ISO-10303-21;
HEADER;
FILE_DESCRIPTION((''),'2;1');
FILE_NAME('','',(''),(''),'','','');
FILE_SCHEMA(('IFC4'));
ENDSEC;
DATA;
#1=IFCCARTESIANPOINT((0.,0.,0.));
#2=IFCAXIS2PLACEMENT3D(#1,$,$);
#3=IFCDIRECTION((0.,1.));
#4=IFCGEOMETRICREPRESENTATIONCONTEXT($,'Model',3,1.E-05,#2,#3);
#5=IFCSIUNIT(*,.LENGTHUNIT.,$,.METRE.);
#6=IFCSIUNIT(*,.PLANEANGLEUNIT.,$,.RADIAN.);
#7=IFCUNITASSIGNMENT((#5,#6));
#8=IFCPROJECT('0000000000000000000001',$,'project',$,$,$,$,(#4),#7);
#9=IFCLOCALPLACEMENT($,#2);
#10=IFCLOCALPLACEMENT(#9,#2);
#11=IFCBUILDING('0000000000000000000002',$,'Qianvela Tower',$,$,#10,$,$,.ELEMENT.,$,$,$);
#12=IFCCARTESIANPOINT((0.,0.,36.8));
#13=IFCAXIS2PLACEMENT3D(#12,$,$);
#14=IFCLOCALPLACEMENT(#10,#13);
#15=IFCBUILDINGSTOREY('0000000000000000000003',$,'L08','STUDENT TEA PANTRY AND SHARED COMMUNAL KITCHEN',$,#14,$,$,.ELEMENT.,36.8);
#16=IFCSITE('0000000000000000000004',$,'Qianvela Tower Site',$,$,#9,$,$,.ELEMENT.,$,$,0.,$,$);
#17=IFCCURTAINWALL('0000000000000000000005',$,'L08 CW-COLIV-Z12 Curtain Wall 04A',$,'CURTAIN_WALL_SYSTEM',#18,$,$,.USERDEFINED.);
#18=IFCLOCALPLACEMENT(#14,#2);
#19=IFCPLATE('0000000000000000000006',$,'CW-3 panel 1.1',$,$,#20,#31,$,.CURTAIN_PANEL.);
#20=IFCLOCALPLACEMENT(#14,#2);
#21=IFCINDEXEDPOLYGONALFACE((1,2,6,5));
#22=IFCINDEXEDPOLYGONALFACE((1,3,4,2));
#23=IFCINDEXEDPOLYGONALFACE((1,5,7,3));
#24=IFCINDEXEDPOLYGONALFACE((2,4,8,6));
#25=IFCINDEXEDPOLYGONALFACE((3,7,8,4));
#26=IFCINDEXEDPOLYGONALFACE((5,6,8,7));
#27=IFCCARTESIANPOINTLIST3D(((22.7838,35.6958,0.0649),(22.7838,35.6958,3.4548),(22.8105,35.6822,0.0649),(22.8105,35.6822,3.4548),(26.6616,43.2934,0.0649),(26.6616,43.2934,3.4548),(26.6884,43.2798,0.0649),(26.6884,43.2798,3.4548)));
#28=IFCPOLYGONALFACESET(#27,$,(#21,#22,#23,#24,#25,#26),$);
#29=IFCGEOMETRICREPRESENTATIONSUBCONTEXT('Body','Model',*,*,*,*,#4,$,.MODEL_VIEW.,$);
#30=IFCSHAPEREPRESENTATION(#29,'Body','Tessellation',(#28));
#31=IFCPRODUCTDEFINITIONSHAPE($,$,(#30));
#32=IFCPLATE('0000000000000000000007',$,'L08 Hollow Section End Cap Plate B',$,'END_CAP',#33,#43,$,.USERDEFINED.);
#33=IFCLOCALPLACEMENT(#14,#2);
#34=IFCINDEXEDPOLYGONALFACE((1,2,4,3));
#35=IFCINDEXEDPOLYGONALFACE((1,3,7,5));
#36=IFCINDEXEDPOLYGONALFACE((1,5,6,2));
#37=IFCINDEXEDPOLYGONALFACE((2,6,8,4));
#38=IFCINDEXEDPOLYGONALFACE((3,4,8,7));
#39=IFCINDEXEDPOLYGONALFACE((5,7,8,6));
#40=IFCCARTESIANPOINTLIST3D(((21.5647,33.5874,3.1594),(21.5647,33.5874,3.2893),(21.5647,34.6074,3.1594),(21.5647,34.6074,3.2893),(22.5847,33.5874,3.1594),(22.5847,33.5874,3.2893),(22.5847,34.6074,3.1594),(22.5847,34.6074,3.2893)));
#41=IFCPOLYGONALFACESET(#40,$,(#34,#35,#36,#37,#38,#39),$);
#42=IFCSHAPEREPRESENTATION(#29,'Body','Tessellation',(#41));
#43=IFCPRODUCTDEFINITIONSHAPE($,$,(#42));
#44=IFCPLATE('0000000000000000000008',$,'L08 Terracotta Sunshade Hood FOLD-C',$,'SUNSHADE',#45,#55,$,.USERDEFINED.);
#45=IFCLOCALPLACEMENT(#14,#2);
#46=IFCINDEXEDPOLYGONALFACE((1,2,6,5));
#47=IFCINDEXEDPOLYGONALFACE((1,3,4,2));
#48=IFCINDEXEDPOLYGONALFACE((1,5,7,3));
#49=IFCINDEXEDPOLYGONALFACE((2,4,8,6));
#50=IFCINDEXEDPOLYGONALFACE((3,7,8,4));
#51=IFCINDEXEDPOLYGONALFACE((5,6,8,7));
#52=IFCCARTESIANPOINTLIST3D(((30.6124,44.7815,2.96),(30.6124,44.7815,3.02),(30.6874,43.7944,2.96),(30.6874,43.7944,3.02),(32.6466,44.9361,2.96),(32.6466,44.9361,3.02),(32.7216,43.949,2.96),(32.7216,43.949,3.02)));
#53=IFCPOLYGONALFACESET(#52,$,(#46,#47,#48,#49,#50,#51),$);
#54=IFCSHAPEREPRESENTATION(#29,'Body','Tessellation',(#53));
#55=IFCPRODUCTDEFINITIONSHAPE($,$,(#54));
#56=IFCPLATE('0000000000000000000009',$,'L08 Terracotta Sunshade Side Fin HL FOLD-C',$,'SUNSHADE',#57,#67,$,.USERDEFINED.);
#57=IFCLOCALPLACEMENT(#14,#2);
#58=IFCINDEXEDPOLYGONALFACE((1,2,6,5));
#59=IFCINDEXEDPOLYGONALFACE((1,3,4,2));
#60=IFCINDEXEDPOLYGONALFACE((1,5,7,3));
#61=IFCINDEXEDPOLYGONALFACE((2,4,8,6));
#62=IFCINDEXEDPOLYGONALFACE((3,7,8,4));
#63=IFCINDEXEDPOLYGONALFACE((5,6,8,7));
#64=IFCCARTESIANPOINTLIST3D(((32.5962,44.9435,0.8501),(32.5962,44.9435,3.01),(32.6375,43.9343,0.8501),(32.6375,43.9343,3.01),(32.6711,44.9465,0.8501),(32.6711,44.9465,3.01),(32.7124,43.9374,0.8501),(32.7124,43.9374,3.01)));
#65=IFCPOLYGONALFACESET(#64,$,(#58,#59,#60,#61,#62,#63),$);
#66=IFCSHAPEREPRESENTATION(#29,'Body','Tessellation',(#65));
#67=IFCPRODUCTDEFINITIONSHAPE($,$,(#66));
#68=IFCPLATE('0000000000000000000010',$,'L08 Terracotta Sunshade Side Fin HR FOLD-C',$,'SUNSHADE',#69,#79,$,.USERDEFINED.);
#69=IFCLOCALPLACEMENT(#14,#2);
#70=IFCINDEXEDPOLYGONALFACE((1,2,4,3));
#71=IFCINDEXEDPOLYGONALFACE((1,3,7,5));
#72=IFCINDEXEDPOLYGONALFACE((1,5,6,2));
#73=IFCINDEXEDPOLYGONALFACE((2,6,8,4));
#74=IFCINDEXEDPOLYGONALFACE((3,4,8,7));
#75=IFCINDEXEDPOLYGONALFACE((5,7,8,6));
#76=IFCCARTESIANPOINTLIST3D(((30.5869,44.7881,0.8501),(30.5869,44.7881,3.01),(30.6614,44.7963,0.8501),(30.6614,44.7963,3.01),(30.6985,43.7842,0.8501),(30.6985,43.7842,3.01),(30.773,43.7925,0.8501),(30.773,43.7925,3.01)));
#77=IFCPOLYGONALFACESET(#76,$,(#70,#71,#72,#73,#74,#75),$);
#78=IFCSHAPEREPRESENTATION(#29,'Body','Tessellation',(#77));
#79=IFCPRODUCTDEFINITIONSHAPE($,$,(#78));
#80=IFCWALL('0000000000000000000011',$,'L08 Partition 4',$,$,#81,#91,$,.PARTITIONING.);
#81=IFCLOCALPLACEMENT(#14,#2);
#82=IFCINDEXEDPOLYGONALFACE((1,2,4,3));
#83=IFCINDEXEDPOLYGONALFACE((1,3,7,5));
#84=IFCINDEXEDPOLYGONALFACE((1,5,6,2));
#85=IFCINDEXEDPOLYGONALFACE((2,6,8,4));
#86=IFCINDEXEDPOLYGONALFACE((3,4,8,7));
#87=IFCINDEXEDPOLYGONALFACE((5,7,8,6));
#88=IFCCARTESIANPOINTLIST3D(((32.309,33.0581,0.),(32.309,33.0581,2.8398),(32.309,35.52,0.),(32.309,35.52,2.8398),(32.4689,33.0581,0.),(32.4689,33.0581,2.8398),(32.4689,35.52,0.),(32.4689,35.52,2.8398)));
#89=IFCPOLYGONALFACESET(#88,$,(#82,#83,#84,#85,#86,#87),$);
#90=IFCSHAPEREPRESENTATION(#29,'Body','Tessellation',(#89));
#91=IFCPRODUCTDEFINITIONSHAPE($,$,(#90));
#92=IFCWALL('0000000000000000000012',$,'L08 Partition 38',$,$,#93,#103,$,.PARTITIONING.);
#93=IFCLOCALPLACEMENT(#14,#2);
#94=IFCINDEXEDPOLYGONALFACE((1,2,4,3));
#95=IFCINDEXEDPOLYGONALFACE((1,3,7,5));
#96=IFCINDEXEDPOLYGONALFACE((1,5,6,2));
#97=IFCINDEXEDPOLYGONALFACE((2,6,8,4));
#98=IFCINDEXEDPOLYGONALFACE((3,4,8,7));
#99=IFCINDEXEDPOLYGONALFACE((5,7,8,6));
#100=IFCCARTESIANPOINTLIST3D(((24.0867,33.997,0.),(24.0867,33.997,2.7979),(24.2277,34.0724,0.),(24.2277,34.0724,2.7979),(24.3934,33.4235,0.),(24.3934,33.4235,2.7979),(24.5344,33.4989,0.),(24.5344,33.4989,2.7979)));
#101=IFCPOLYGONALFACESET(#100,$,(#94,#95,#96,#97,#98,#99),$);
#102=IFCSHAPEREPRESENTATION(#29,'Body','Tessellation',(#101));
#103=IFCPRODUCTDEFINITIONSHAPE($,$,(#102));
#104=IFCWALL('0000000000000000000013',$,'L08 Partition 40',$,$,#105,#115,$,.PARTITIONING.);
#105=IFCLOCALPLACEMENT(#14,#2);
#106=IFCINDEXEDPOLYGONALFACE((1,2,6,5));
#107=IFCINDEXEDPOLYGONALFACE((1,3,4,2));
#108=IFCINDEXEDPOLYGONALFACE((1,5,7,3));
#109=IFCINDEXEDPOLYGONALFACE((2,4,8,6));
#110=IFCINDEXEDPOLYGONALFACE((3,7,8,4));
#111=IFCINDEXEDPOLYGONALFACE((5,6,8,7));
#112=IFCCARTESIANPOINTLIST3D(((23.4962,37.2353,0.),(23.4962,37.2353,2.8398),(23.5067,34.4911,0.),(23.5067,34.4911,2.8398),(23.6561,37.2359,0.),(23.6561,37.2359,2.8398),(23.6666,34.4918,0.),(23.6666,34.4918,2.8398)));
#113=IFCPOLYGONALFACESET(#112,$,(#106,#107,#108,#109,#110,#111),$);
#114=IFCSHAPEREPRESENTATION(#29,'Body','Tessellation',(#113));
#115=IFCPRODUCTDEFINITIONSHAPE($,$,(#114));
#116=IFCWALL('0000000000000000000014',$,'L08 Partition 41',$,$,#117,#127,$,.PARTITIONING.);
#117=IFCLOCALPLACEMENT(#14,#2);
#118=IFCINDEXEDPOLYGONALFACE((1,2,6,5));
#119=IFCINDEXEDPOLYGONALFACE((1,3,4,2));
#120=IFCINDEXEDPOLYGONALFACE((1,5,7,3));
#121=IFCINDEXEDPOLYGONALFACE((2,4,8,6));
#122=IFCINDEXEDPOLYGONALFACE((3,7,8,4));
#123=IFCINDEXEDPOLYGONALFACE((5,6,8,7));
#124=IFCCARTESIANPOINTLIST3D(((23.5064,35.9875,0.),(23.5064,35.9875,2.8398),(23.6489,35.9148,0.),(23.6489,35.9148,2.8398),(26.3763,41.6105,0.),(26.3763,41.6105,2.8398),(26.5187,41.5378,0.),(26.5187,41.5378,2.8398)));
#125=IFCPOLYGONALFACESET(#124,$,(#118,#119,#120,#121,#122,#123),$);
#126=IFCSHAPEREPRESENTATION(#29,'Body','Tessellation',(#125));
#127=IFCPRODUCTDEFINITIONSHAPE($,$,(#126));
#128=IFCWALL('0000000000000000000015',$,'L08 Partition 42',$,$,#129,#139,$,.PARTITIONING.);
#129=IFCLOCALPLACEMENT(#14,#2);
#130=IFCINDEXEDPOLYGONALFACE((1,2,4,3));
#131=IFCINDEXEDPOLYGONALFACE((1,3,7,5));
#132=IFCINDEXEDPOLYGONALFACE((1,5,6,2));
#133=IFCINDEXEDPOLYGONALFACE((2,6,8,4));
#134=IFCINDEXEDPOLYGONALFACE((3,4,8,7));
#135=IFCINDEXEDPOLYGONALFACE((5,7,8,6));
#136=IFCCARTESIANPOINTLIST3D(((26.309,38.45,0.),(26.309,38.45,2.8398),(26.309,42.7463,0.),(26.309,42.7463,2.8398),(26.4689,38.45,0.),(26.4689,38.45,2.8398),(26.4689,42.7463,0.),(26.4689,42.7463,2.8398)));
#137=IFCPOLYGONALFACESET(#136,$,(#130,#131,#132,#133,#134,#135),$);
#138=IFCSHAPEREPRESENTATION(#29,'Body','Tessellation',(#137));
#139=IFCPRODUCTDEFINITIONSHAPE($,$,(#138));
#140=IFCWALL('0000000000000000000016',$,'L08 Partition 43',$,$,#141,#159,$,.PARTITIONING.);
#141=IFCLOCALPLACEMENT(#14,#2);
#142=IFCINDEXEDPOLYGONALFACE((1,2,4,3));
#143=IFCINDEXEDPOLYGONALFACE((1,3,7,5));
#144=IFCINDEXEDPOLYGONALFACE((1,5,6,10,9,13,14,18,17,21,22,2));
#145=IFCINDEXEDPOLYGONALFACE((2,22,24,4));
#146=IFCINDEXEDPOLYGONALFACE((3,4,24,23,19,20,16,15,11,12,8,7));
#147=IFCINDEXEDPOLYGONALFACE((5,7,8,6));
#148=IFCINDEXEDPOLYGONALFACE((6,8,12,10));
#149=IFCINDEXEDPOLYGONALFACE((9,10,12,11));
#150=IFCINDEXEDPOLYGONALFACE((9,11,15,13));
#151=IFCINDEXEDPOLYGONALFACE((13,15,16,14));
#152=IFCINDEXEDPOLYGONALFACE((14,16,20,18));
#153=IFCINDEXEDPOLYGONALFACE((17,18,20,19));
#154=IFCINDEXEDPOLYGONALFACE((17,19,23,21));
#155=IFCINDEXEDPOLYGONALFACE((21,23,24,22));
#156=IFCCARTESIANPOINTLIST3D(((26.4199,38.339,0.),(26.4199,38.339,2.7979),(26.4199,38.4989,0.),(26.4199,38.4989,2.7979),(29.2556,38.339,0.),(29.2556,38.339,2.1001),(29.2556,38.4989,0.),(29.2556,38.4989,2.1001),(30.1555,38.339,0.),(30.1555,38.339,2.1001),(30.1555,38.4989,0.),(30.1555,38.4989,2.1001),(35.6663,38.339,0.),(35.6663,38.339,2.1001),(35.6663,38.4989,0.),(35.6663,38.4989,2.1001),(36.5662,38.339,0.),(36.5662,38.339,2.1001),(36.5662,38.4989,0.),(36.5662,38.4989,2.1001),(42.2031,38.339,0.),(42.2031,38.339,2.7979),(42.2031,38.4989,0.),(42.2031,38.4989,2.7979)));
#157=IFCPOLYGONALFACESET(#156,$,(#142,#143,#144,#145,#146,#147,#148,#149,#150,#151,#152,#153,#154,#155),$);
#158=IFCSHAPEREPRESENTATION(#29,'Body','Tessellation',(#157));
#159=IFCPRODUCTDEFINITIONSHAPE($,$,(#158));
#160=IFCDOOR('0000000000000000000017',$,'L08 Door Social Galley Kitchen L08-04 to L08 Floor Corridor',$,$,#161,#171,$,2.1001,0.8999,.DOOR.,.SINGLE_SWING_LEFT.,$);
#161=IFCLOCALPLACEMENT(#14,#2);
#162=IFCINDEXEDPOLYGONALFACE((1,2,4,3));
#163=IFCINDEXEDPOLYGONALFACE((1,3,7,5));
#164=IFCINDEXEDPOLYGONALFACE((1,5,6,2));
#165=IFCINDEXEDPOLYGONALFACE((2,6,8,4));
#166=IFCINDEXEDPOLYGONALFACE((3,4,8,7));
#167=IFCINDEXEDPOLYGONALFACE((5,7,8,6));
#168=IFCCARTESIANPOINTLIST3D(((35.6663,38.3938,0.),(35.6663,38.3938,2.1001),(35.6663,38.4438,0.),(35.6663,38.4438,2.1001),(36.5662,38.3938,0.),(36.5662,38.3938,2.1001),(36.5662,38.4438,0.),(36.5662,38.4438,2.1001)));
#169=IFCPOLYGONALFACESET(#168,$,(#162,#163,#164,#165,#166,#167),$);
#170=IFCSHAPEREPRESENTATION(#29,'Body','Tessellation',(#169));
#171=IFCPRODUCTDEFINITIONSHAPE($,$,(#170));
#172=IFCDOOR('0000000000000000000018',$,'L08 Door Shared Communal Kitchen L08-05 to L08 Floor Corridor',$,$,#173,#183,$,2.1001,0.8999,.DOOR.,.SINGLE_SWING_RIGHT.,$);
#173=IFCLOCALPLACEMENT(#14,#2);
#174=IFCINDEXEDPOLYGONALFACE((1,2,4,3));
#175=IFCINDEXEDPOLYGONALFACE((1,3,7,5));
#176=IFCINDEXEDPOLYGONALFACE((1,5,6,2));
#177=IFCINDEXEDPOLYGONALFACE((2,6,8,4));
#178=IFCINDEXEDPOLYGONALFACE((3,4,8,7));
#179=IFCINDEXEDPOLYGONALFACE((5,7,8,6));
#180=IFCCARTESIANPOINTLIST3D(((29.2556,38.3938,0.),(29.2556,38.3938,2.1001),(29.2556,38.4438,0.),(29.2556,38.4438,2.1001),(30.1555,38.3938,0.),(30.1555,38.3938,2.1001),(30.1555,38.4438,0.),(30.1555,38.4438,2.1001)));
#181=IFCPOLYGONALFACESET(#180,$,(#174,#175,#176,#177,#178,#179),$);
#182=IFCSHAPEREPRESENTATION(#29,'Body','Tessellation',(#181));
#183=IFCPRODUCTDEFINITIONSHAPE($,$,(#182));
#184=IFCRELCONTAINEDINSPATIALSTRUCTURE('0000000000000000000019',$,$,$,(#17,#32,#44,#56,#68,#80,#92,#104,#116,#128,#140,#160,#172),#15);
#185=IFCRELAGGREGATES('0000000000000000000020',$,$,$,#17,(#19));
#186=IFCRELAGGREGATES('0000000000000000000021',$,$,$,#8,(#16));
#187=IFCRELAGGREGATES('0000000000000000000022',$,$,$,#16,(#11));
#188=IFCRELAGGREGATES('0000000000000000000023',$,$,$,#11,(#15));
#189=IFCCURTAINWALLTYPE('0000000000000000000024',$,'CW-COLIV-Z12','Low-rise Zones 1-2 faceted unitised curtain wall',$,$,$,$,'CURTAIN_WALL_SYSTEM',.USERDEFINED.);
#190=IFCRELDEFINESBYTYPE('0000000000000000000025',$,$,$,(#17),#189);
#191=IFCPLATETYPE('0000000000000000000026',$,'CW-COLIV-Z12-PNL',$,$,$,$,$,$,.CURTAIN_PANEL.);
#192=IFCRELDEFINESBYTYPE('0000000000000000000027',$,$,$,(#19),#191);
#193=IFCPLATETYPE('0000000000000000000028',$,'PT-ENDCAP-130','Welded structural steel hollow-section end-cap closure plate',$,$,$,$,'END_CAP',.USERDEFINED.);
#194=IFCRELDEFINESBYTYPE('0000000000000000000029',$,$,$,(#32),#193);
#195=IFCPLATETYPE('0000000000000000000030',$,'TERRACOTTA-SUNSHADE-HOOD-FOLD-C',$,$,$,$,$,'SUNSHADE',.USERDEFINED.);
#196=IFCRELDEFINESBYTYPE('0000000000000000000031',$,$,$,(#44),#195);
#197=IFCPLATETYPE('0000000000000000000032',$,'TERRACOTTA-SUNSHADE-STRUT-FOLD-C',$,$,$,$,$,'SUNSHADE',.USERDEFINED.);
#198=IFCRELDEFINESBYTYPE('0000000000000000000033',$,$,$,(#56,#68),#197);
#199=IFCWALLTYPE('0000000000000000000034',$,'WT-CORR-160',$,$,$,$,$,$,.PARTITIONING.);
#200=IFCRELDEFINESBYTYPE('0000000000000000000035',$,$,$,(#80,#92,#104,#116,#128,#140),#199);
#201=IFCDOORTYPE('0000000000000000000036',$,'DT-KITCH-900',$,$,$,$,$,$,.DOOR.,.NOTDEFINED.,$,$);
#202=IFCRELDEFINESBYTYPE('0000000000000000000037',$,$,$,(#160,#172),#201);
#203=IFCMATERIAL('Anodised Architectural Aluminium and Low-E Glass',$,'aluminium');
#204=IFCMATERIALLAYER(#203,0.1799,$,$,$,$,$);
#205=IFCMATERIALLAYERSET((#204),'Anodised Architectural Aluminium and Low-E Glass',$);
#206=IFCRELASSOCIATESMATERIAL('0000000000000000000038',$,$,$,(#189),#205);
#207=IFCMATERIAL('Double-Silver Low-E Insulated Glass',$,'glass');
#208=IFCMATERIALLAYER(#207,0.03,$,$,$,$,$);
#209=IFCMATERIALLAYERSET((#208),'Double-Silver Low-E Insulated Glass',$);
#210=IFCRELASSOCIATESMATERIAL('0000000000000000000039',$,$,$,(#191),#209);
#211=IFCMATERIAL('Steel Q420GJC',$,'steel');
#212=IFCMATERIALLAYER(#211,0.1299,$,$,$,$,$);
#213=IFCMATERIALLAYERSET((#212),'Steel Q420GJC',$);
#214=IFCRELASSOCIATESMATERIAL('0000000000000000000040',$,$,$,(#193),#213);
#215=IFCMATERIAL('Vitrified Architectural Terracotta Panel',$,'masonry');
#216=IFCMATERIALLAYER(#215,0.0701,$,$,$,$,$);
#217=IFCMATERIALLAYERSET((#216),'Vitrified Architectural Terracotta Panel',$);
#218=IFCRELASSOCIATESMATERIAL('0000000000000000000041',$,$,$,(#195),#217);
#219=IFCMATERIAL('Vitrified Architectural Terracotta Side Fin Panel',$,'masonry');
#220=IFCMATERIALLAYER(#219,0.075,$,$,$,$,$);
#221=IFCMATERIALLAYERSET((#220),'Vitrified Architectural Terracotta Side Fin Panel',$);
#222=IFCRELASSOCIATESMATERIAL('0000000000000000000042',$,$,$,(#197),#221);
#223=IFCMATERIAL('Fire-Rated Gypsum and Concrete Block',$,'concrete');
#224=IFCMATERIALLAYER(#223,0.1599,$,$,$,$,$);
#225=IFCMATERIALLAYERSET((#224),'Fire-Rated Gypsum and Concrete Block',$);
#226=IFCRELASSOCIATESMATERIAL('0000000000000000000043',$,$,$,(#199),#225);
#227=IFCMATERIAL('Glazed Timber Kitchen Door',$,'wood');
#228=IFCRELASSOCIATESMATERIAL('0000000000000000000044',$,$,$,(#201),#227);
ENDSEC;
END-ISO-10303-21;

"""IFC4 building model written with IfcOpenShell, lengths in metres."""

from ifc_helpers import new_model, si_unit, direction, frame, frame_2d, origin, origin_2d, place, context, subcontext, project, spatial, rectangle, extrude, material, layer, layer_set, type_object, element, fill, aggregate, save


model = new_model("IFC4")

# Units and contexts
model_context = context("Model", 3, precision=1e-05, world=origin(), true_north=direction((0.0, 1.0)))
body_context = subcontext(model_context, "Body", "Model", "MODEL_VIEW")
ifc_project = project(units=[si_unit("LENGTHUNIT", "METRE"), si_unit("PLANEANGLEUNIT", "RADIAN")], contexts=[model_context])

# Site, building, storey
site_placement = place(None, origin())
site = spatial("IfcSite", under=ifc_project, at=site_placement, Name="Qianvela Tower Site", CompositionType="ELEMENT", RefElevation=0.0)
building_placement = place(site_placement, origin())
building = spatial("IfcBuilding", under=site, at=building_placement, Name="Qianvela Tower", CompositionType="ELEMENT")
storey_placement = place(building_placement, frame((0.0, 0.0, 36.8)))
storey = spatial("IfcBuildingStorey", under=building, at=storey_placement, Name="L08", Description="STUDENT TEA PANTRY AND SHARED COMMUNAL KITCHEN", CompositionType="ELEMENT", Elevation=36.8)

# Curtain wall
ifc_material_1 = material(Name="Anodised Architectural Aluminium and Low-E Glass", Category="aluminium")
ifc_layer_1 = layer(ifc_material_1, 0.1799)
ifc_layer_set_1 = layer_set([ifc_layer_1], Name="Anodised Architectural Aluminium and Low-E Glass")
curtain_wall_type_1 = type_object("IfcCurtainWallType", Name="CW-COLIV-Z12", Description="Low-rise Zones 1-2 faceted unitised curtain wall", ElementType="CURTAIN_WALL_SYSTEM", PredefinedType="USERDEFINED", material=ifc_layer_set_1)
curtain_wall_1_placement = place(storey_placement, origin())
curtain_wall_1 = element("IfcCurtainWall", 1, at=curtain_wall_1_placement, inside=storey, type_object=curtain_wall_type_1, Name="L08 CW-COLIV-Z12 Curtain Wall 04A", ObjectType="CURTAIN_WALL_SYSTEM", PredefinedType="USERDEFINED")

# Plate
ifc_material_2 = material(Name="Double-Silver Low-E Insulated Glass", Category="glass")
ifc_layer_2 = layer(ifc_material_2, 0.03)
ifc_layer_set_2 = layer_set([ifc_layer_2], Name="Double-Silver Low-E Insulated Glass")
plate_type_1 = type_object("IfcPlateType", Name="CW-COLIV-Z12-PNL", PredefinedType="CURTAIN_PANEL", material=ifc_layer_set_2)
plate_1_placement = place(storey_placement, frame((24.7361, 39.4878, 0.0649), z_axis=(0.0, 0.0, 1.0), x_axis=(-0.454612, -0.890689, 0.0)))
plate_1 = element("IfcPlate", 2, at=plate_1_placement, type_object=plate_type_1, Name="CW-3 panel 1.1", PredefinedType="CURTAIN_PANEL", context=body_context, shape_type="SweptSolid", body=[
    extrude(rectangle(XDim=8.53, YDim=0.03, at=origin_2d()), origin(), (0.0, 0.0, 1.0), 3.3899),
])
aggregate(curtain_wall_1, [plate_1])

# Plates
ifc_material_3 = material(Name="Steel Q420GJC", Category="steel")
ifc_layer_3 = layer(ifc_material_3, 0.1299)
ifc_layer_set_3 = layer_set([ifc_layer_3], Name="Steel Q420GJC")
plate_type_2 = type_object("IfcPlateType", Name="PT-ENDCAP-130", Description="Welded structural steel hollow-section end-cap closure plate", ElementType="END_CAP", PredefinedType="USERDEFINED", material=ifc_layer_set_3)
plate_2_placement = place(storey_placement, frame((22.0747, 34.0974, 3.1594), z_axis=(0.0, 0.0, 1.0), x_axis=(1.0, 0.0, 0.0)))
element("IfcPlate", 3, at=plate_2_placement, inside=storey, type_object=plate_type_2, Name="L08 Hollow Section End Cap Plate B", ObjectType="END_CAP", PredefinedType="USERDEFINED", context=body_context, shape_type="SweptSolid", body=[
    extrude(rectangle(XDim=1.02, YDim=1.02, at=origin_2d()), origin(), (0.0, 0.0, 1.0), 0.1299),
])
ifc_material_4 = material(Name="Vitrified Architectural Terracotta Panel", Category="masonry")
ifc_layer_4 = layer(ifc_material_4, 0.0701)
ifc_layer_set_4 = layer_set([ifc_layer_4], Name="Vitrified Architectural Terracotta Panel")
plate_type_3 = type_object("IfcPlateType", Name="TERRACOTTA-SUNSHADE-HOOD-FOLD-C", ElementType="SUNSHADE", PredefinedType="USERDEFINED", material=ifc_layer_set_4)
plate_3_placement = place(storey_placement, frame((31.667, 44.3652, 2.96), z_axis=(0.0, 0.0, 1.0), x_axis=(-0.997125, -0.075776, 0.0)))
element("IfcPlate", 4, at=plate_3_placement, inside=storey, type_object=plate_type_3, Name="L08 Terracotta Sunshade Hood FOLD-C", ObjectType="SUNSHADE", PredefinedType="USERDEFINED", context=body_context, shape_type="SweptSolid", body=[
    extrude(rectangle(XDim=2.04, YDim=0.99, at=origin_2d()), origin(), (0.0, 0.0, 1.0), 0.0601),
])
ifc_material_5 = material(Name="Vitrified Architectural Terracotta Side Fin Panel", Category="masonry")
ifc_layer_5 = layer(ifc_material_5, 0.075)
ifc_layer_set_5 = layer_set([ifc_layer_5], Name="Vitrified Architectural Terracotta Side Fin Panel")
plate_type_4 = type_object("IfcPlateType", Name="TERRACOTTA-SUNSHADE-STRUT-FOLD-C", ElementType="SUNSHADE", PredefinedType="USERDEFINED", material=ifc_layer_set_5)
for number, where, z_axis, x_axis, name in (
    (5, (32.6543, 44.4404, 0.8501), (0.0, 0.0, 1.0), (-0.999162, -0.04093, 0.0), "L08 Terracotta Sunshade Side Fin HL FOLD-C"),
    (6, (30.6799, 44.2903, 0.8501), (0.0, 0.0, 1.0), (-0.993873, -0.110529, 0.0), "L08 Terracotta Sunshade Side Fin HR FOLD-C"),
):
    element("IfcPlate", number, at=place(storey_placement, frame(where, z_axis=z_axis, x_axis=x_axis)), inside=storey, type_object=plate_type_4, Name=name, ObjectType="SUNSHADE", PredefinedType="USERDEFINED", context=body_context, shape_type="SweptSolid", body=[
        extrude(rectangle(XDim=0.075, YDim=1.01, at=origin_2d()), origin(), (0.0, 0.0, 1.0), 2.1599),
    ])

# Shared definitions
ifc_material_6 = material(Name="Fire-Rated Gypsum and Concrete Block", Category="concrete")
ifc_layer_6 = layer(ifc_material_6, 0.1599)
ifc_layer_set_6 = layer_set([ifc_layer_6], Name="Fire-Rated Gypsum and Concrete Block")
wall_type_1 = type_object("IfcWallType", Name="WT-CORR-160", PredefinedType="PARTITIONING", material=ifc_layer_set_6)

# Walls
wall_1_placement = place(storey_placement, frame((32.3889, 35.52, 0.0), z_axis=(0.0, 0.0, 1.0), x_axis=(0.0, -1.0, 0.0)))
element("IfcWall", 7, at=wall_1_placement, inside=storey, type_object=wall_type_1, Name="L08 Partition 4", PredefinedType="PARTITIONING", context=body_context, shape_type="SweptSolid", body=[
    extrude(rectangle(XDim=2.4619, YDim=0.1599, at=frame_2d((1.231, 0.0))), origin(), (0.0, 0.0, 1.0), 2.8398),
])
wall_2_placement = place(storey_placement, frame((24.4639, 33.4612, 0.0), z_axis=(0.0, 0.0, 1.0), x_axis=(-0.471523, 0.881854, 0.0)))
element("IfcWall", 8, at=wall_2_placement, inside=storey, type_object=wall_type_1, Name="L08 Partition 38", PredefinedType="PARTITIONING", context=body_context, shape_type="SweptSolid", body=[
    extrude(rectangle(XDim=0.6504, YDim=0.1599, at=frame_2d((0.3252, 0.0))), origin(), (0.0, 0.0, 1.0), 2.7979),
])
wall_3_placement = place(storey_placement, frame((23.5867, 34.4915, 0.0), z_axis=(0.0, 0.0, 1.0), x_axis=(-0.003826, 0.999993, 0.0)))
element("IfcWall", 9, at=wall_3_placement, inside=storey, type_object=wall_type_1, Name="L08 Partition 40", PredefinedType="PARTITIONING", context=body_context, shape_type="SweptSolid", body=[
    extrude(rectangle(XDim=2.7441, YDim=0.1599, at=frame_2d((1.3721, 0.0))), origin(), (0.0, 0.0, 1.0), 2.8398),
])
wall_4_placement = place(storey_placement, frame((23.5776, 35.9512, 0.0), z_axis=(0.0, 0.0, 1.0), x_axis=(0.454592, 0.8907, 0.0)))
element("IfcWall", 10, at=wall_4_placement, inside=storey, type_object=wall_type_1, Name="L08 Partition 41", PredefinedType="PARTITIONING", context=body_context, shape_type="SweptSolid", body=[
    extrude(rectangle(XDim=6.313, YDim=0.1599, at=frame_2d((3.1565, 0.0))), origin(), (0.0, 0.0, 1.0), 2.8398),
])
wall_5_placement = place(storey_placement, frame((26.3889, 42.7463, 0.0), z_axis=(0.0, 0.0, 1.0), x_axis=(0.0, -1.0, 0.0)))
element("IfcWall", 11, at=wall_5_placement, inside=storey, type_object=wall_type_1, Name="L08 Partition 42", PredefinedType="PARTITIONING", context=body_context, shape_type="SweptSolid", body=[
    extrude(rectangle(XDim=4.2964, YDim=0.1599, at=frame_2d((2.1482, 0.0))), origin(), (0.0, 0.0, 1.0), 2.8398),
])

# Wall, openings, doors
wall_6_placement = place(storey_placement, frame((26.4199, 38.4189, 0.0), z_axis=(0.0, 0.0, 1.0), x_axis=(1.0, 0.0, 0.0)))
wall_6 = element("IfcWall", 12, at=wall_6_placement, inside=storey, type_object=wall_type_1, Name="L08 Partition 43", PredefinedType="PARTITIONING", context=body_context, shape_type="SweptSolid", body=[
    extrude(rectangle(XDim=15.7832, YDim=0.1599, at=frame_2d((7.8916, 0.0))), origin(), (0.0, 0.0, 1.0), 2.7979),
])
opening_1_placement = place(wall_6_placement, frame((9.2463, 0.0, 0.0)))
opening_1 = element("IfcOpeningElement", 13, at=opening_1_placement, cuts=wall_6, PredefinedType="OPENING", context=body_context, shape_type="SweptSolid", body=[
    extrude(rectangle(XDim=0.8999, YDim=2.1001, at=frame_2d((0.45, 1.05))), frame((0.0, 0.0898, 0.0), z_axis=(0.0, -1.0, 0.0), x_axis=(1.0, 0.0, 0.0)), (0.0, 0.0, 1.0), 0.1799),
])
opening_2_placement = place(wall_6_placement, frame((2.8357, 0.0, 0.0)))
opening_2 = element("IfcOpeningElement", 14, at=opening_2_placement, cuts=wall_6, PredefinedType="OPENING", context=body_context, shape_type="SweptSolid", body=[
    extrude(rectangle(XDim=0.8999, YDim=2.1001, at=frame_2d((0.45, 1.05))), frame((0.0, 0.0898, 0.0), z_axis=(0.0, -1.0, 0.0), x_axis=(1.0, 0.0, 0.0)), (0.0, 0.0, 1.0), 0.1799),
])
ifc_material_7 = material(Name="Glazed Timber Kitchen Door", Category="wood")
door_type_1 = type_object("IfcDoorType", Name="DT-KITCH-900", OperationType="NOTDEFINED", PredefinedType="DOOR", material=ifc_material_7)
door_1_placement = place(opening_1_placement, origin())
door_1 = element("IfcDoor", 15, at=door_1_placement, inside=storey, type_object=door_type_1, Name="L08 Door Social Galley Kitchen L08-04 to L08 Floor Corridor", OperationType="SINGLE_SWING_LEFT", OverallHeight=2.1001, OverallWidth=0.8999, PredefinedType="DOOR", context=body_context, shape_type="SweptSolid", body=[
    extrude(rectangle(XDim=0.8999, YDim=2.1001, at=frame_2d((0.45, 1.05))), frame((0.0, 0.0249, 0.0), z_axis=(0.0, -1.0, 0.0), x_axis=(1.0, 0.0, 0.0)), (0.0, 0.0, 1.0), 0.05),
])
fill(opening_1, door_1)
door_2_placement = place(opening_2_placement, origin())
door_2 = element("IfcDoor", 16, at=door_2_placement, inside=storey, type_object=door_type_1, Name="L08 Door Shared Communal Kitchen L08-05 to L08 Floor Corridor", OperationType="SINGLE_SWING_RIGHT", OverallHeight=2.1001, OverallWidth=0.8999, PredefinedType="DOOR", context=body_context, shape_type="SweptSolid", body=[
    extrude(rectangle(XDim=0.8999, YDim=2.1001, at=frame_2d((0.45, 1.05))), frame((0.0, 0.0249, 0.0), z_axis=(0.0, -1.0, 0.0), x_axis=(1.0, 0.0, 0.0)), (0.0, 0.0, 1.0), 0.05),
])
fill(opening_2, door_2)

save(model, "model.ifc")
